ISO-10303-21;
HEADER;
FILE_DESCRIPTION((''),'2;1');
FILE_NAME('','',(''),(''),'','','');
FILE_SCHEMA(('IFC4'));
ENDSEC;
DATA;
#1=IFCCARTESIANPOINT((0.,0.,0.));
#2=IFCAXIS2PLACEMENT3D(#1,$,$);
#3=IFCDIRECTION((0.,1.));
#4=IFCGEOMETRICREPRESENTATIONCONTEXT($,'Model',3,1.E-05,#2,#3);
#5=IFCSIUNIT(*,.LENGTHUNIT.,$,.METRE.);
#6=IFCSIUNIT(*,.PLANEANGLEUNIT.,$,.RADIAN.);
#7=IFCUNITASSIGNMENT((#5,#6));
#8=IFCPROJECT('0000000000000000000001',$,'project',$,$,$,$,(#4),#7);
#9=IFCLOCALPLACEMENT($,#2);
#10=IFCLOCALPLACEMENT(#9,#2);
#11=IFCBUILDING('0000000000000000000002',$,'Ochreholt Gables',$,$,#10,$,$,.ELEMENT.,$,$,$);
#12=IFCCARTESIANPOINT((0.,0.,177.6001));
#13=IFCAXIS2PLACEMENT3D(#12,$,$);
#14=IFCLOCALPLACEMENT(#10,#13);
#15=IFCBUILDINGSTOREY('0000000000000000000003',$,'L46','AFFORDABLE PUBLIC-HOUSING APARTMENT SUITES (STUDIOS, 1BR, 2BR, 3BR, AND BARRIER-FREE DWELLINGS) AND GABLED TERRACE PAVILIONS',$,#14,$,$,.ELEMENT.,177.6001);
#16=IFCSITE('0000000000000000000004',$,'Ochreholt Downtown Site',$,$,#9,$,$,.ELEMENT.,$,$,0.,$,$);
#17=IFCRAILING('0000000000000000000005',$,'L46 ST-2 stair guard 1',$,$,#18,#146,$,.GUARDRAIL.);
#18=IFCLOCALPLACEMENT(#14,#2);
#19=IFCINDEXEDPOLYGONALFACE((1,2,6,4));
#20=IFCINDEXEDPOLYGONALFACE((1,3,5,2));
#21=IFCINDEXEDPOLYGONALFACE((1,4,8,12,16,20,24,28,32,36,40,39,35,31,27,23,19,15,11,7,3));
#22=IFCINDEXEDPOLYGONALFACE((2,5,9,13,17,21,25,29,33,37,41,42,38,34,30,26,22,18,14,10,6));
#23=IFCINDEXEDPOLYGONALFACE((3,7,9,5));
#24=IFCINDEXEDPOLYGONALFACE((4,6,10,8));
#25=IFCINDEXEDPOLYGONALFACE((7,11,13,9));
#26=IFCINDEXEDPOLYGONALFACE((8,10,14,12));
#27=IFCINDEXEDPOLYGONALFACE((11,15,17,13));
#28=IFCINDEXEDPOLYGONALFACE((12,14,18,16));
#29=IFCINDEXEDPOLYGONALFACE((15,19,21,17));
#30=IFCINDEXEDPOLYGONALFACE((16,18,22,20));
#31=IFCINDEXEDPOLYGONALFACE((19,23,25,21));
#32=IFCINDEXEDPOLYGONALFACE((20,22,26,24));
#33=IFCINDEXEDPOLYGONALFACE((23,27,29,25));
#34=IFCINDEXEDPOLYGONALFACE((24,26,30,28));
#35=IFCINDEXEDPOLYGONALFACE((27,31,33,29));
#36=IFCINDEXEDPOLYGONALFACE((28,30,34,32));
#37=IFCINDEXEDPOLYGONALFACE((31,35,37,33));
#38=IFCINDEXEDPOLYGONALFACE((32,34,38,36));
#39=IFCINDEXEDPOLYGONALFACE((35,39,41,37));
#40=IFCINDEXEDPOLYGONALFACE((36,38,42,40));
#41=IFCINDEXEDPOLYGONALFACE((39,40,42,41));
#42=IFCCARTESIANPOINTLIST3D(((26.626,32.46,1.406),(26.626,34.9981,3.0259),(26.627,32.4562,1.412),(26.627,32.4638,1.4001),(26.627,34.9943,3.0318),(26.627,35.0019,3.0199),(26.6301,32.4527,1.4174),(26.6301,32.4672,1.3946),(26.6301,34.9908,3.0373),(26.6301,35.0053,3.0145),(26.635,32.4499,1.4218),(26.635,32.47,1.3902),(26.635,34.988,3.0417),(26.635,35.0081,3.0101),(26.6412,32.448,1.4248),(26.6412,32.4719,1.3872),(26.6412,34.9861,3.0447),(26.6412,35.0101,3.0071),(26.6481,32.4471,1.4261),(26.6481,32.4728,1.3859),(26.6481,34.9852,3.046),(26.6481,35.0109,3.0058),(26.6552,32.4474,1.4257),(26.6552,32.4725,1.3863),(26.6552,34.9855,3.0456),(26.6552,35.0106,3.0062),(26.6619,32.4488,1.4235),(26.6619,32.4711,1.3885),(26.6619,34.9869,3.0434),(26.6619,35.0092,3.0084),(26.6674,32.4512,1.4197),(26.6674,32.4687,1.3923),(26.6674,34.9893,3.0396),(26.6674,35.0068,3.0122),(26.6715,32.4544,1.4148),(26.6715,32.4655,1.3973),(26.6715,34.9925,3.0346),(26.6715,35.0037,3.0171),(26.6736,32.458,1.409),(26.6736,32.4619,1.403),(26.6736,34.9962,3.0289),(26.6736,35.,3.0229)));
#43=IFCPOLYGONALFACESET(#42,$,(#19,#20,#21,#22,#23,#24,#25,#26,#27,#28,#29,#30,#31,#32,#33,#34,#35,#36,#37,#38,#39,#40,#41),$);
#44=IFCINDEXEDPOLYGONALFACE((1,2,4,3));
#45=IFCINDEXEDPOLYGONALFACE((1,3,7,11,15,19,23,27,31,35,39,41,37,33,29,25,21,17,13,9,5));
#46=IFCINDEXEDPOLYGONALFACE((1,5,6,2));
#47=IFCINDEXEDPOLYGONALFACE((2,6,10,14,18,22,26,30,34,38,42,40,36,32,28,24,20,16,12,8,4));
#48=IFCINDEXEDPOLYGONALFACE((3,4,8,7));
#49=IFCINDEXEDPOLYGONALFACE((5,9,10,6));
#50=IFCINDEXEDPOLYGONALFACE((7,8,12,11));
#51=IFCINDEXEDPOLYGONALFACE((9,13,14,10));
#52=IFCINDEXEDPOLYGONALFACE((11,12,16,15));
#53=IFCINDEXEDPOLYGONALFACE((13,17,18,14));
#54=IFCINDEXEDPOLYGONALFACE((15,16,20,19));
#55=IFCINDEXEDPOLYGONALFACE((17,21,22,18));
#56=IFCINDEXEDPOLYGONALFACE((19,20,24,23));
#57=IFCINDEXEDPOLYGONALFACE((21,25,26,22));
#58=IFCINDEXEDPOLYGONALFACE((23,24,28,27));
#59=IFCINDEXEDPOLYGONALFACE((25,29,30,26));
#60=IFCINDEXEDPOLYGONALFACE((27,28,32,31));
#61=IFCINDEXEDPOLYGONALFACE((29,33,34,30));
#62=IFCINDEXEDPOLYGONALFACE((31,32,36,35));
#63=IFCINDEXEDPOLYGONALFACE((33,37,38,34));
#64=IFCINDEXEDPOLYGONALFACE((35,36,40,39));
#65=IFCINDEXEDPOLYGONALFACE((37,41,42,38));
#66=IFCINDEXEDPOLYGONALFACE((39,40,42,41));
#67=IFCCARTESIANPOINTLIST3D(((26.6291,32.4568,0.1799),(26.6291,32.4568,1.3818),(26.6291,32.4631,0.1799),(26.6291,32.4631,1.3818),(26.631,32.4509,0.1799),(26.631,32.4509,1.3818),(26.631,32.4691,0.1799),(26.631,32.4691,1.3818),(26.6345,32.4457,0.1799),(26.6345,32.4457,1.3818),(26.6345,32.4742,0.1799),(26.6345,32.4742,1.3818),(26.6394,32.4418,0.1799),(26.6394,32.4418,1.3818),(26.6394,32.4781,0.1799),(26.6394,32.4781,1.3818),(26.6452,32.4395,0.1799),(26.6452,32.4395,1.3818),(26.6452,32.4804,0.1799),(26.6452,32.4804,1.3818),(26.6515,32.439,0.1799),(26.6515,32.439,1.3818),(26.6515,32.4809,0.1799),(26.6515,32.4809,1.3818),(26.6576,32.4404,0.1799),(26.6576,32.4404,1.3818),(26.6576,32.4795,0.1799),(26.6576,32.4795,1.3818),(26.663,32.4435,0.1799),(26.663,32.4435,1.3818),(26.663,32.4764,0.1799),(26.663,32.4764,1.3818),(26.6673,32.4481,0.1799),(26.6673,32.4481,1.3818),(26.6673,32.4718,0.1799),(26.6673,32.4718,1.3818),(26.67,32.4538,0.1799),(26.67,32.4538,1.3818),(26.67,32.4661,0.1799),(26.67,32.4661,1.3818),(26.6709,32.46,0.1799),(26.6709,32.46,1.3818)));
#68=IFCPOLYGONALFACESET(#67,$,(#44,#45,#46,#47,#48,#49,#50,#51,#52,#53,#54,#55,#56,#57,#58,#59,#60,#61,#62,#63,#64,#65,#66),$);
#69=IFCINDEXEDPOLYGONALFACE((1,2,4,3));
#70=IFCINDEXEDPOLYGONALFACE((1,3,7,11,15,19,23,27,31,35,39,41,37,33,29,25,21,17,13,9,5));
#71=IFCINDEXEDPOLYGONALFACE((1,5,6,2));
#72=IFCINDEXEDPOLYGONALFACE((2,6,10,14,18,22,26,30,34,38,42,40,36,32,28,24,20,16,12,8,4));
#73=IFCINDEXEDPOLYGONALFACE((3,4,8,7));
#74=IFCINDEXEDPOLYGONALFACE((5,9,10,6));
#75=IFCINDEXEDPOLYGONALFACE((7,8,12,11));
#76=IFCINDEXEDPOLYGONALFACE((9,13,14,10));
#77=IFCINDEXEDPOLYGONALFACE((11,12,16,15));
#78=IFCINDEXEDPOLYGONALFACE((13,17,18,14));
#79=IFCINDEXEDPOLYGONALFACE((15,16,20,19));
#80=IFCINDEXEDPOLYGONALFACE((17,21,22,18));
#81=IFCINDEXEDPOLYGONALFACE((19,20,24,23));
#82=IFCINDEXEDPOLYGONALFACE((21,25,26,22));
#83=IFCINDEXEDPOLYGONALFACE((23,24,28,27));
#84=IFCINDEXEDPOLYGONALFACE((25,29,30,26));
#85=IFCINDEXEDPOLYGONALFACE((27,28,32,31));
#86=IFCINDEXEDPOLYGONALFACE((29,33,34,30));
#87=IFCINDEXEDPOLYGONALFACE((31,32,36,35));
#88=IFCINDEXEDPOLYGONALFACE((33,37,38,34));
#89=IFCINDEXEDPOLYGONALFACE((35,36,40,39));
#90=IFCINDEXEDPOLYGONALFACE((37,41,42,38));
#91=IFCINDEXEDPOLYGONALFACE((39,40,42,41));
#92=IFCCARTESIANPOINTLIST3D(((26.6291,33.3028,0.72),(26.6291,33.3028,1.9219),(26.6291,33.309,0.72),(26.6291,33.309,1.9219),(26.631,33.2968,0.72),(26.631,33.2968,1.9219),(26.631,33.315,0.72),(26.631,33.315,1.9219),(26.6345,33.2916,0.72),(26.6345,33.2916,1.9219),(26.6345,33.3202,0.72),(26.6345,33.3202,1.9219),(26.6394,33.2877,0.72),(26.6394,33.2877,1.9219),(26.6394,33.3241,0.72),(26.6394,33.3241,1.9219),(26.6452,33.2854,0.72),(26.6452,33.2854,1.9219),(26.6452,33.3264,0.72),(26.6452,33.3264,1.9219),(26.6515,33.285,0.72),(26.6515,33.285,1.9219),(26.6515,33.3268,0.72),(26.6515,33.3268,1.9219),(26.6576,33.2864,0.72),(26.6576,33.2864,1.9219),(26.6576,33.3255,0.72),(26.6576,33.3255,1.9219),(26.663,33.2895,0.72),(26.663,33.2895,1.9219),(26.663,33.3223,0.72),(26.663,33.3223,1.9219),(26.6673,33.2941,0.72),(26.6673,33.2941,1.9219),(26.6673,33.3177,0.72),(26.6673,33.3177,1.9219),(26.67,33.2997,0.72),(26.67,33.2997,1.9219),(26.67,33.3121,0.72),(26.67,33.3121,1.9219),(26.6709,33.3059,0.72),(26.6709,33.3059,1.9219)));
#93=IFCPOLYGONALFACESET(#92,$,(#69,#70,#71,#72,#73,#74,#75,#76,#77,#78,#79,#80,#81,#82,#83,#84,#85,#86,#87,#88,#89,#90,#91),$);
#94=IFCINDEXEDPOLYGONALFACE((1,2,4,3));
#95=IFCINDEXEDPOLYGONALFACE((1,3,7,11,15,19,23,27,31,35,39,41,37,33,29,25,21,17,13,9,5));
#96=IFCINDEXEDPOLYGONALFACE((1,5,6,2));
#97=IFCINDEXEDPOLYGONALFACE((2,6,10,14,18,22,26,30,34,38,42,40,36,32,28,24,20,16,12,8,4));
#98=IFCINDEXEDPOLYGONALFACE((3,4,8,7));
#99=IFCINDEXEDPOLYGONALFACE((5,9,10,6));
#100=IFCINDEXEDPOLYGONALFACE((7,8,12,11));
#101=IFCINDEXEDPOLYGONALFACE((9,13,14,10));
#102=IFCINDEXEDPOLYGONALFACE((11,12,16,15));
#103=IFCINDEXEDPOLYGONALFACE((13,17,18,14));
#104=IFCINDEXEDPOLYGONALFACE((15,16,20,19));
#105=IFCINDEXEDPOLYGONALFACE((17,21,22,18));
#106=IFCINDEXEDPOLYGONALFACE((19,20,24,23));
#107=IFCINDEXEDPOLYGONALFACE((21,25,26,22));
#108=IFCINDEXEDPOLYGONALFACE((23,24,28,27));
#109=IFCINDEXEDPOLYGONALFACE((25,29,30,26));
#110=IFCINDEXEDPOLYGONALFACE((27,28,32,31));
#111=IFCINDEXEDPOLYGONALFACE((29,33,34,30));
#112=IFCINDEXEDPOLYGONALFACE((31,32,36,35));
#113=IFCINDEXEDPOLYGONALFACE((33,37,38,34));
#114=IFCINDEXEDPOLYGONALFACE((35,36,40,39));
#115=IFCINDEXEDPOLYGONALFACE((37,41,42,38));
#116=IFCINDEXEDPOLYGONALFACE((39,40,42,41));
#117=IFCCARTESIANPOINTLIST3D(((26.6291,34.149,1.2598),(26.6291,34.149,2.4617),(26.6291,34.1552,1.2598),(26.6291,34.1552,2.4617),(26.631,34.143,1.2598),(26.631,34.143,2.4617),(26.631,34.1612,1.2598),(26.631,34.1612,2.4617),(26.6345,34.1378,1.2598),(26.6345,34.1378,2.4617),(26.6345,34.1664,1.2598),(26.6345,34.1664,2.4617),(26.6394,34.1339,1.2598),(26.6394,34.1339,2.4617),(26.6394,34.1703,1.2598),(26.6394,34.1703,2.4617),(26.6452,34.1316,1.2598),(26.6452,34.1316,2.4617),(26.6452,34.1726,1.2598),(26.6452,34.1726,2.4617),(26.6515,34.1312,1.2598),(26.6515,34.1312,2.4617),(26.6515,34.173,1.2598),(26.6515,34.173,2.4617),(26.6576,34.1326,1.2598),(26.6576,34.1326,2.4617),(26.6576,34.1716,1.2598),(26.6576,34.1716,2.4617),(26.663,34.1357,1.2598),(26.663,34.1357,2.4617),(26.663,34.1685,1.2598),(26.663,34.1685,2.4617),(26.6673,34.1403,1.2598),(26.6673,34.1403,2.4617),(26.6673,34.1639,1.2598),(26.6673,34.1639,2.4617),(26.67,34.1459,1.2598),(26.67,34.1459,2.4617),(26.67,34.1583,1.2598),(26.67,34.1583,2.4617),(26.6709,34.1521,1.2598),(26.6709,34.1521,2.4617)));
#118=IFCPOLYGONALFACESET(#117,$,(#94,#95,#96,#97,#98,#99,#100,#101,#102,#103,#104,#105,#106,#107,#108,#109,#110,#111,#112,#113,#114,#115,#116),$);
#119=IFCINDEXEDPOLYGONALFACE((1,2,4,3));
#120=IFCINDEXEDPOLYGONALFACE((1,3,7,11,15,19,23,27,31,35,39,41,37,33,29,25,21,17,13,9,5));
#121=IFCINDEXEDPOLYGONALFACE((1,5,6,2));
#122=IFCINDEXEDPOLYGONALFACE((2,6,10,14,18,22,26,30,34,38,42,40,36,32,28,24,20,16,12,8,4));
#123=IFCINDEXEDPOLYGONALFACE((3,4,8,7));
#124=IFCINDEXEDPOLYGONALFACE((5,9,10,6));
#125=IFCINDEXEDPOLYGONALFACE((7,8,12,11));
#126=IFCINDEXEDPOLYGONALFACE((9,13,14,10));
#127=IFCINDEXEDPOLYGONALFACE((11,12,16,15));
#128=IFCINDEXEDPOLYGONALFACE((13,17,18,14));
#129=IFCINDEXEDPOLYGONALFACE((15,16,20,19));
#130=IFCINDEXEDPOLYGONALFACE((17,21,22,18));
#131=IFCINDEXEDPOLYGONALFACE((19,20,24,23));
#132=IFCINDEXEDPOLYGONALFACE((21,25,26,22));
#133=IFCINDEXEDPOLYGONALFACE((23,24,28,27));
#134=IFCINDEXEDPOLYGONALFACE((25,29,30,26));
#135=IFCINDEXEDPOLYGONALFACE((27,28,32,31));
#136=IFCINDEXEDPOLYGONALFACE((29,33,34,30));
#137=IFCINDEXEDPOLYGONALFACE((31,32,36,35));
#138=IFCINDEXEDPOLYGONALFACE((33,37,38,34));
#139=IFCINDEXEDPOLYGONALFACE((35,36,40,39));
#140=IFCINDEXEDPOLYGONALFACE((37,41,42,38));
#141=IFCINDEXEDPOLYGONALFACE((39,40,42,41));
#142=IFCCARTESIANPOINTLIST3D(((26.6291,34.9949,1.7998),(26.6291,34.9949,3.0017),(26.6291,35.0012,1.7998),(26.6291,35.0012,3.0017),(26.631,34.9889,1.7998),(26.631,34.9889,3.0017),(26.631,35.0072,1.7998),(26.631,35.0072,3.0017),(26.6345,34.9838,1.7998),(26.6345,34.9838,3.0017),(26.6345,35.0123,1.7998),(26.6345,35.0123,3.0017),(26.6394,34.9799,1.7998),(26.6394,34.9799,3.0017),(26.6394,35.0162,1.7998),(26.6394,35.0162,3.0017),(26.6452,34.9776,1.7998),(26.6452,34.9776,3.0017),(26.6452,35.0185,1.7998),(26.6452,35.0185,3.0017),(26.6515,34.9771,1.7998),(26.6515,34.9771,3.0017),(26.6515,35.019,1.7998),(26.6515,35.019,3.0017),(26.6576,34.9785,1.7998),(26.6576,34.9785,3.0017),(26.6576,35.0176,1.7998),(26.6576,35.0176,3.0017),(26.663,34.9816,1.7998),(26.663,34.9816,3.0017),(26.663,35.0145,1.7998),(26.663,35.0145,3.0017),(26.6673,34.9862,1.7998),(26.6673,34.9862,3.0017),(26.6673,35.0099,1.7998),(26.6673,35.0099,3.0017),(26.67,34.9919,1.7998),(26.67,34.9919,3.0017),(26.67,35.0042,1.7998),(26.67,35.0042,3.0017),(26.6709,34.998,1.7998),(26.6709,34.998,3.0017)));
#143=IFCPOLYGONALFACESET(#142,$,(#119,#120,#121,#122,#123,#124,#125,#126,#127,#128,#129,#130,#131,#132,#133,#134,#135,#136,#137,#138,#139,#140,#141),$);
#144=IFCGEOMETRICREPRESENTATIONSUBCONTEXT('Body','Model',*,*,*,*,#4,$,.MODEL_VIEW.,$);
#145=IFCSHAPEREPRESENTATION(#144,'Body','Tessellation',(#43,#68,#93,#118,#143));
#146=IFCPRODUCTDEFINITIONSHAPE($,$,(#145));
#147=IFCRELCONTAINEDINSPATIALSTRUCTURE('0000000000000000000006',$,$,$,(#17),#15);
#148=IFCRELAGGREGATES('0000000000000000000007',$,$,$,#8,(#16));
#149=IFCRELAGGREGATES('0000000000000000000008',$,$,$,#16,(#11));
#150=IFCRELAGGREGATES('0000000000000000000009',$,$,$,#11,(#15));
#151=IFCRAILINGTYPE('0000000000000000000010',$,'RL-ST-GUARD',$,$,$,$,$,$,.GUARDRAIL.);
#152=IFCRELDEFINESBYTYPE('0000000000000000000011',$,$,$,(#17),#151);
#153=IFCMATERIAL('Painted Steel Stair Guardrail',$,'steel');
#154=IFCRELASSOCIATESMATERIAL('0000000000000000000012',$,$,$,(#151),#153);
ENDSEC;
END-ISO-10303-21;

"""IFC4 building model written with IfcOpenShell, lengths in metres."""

from ifc_helpers import new_model, si_unit, direction, frame, origin, origin_2d, place, context, subcontext, project, spatial, circle, extrude, material, type_object, element, save


model = new_model("IFC4")

# Units and contexts
model_context = context("Model", 3, precision=1e-05, world=origin(), true_north=direction((0.0, 1.0)))
body_context = subcontext(model_context, "Body", "Model", "MODEL_VIEW")
ifc_project = project(units=[si_unit("LENGTHUNIT", "METRE"), si_unit("PLANEANGLEUNIT", "RADIAN")], contexts=[model_context])

# Site, building, storey
site_placement = place(None, origin())
site = spatial("IfcSite", under=ifc_project, at=site_placement, Name="Ochreholt Downtown Site", CompositionType="ELEMENT", RefElevation=0.0)
building_placement = place(site_placement, origin())
building = spatial("IfcBuilding", under=site, at=building_placement, Name="Ochreholt Gables", CompositionType="ELEMENT")
storey_placement = place(building_placement, frame((0.0, 0.0, 177.6001)))
storey = spatial("IfcBuildingStorey", under=building, at=storey_placement, Name="L46", Description="AFFORDABLE PUBLIC-HOUSING APARTMENT SUITES (STUDIOS, 1BR, 2BR, 3BR, AND BARRIER-FREE DWELLINGS) AND GABLED TERRACE PAVILIONS", CompositionType="ELEMENT", Elevation=177.6001)

# Railing
ifc_material_1 = material(Name="Painted Steel Stair Guardrail", Category="steel")
railing_type_1 = type_object("IfcRailingType", Name="RL-ST-GUARD", PredefinedType="GUARDRAIL", material=ifc_material_1)
railing_1_placement = place(storey_placement, frame((26.6499, 32.46, 0.1799)))
element("IfcRailing", 1, at=railing_1_placement, inside=storey, type_object=railing_type_1, Name="L46 ST-2 stair guard 1", PredefinedType="GUARDRAIL", context=body_context, shape_type="SweptSolid", body=[
    extrude(circle(Radius=0.0239, at=origin_2d()), frame((0.0, 0.0, 1.2261), z_axis=(0.0, 0.84295, 0.537993), x_axis=(-1.0, 0.0, 0.0)), (0.0, 0.0, 1.0), 3.011),
    extrude(circle(Radius=0.021, at=origin_2d()), origin(), (0.0, 0.0, 1.0), 1.2019),
    extrude(circle(Radius=0.021, at=origin_2d()), frame((0.0, 0.8459, 0.54)), (0.0, 0.0, 1.0), 1.2019),
    extrude(circle(Radius=0.021, at=origin_2d()), frame((0.0, 1.6921, 1.0798)), (0.0, 0.0, 1.0), 1.2019),
    extrude(circle(Radius=0.021, at=origin_2d()), frame((0.0, 2.5381, 1.6199)), (0.0, 0.0, 1.0), 1.2019),
])

save(model, "model.ifc")
